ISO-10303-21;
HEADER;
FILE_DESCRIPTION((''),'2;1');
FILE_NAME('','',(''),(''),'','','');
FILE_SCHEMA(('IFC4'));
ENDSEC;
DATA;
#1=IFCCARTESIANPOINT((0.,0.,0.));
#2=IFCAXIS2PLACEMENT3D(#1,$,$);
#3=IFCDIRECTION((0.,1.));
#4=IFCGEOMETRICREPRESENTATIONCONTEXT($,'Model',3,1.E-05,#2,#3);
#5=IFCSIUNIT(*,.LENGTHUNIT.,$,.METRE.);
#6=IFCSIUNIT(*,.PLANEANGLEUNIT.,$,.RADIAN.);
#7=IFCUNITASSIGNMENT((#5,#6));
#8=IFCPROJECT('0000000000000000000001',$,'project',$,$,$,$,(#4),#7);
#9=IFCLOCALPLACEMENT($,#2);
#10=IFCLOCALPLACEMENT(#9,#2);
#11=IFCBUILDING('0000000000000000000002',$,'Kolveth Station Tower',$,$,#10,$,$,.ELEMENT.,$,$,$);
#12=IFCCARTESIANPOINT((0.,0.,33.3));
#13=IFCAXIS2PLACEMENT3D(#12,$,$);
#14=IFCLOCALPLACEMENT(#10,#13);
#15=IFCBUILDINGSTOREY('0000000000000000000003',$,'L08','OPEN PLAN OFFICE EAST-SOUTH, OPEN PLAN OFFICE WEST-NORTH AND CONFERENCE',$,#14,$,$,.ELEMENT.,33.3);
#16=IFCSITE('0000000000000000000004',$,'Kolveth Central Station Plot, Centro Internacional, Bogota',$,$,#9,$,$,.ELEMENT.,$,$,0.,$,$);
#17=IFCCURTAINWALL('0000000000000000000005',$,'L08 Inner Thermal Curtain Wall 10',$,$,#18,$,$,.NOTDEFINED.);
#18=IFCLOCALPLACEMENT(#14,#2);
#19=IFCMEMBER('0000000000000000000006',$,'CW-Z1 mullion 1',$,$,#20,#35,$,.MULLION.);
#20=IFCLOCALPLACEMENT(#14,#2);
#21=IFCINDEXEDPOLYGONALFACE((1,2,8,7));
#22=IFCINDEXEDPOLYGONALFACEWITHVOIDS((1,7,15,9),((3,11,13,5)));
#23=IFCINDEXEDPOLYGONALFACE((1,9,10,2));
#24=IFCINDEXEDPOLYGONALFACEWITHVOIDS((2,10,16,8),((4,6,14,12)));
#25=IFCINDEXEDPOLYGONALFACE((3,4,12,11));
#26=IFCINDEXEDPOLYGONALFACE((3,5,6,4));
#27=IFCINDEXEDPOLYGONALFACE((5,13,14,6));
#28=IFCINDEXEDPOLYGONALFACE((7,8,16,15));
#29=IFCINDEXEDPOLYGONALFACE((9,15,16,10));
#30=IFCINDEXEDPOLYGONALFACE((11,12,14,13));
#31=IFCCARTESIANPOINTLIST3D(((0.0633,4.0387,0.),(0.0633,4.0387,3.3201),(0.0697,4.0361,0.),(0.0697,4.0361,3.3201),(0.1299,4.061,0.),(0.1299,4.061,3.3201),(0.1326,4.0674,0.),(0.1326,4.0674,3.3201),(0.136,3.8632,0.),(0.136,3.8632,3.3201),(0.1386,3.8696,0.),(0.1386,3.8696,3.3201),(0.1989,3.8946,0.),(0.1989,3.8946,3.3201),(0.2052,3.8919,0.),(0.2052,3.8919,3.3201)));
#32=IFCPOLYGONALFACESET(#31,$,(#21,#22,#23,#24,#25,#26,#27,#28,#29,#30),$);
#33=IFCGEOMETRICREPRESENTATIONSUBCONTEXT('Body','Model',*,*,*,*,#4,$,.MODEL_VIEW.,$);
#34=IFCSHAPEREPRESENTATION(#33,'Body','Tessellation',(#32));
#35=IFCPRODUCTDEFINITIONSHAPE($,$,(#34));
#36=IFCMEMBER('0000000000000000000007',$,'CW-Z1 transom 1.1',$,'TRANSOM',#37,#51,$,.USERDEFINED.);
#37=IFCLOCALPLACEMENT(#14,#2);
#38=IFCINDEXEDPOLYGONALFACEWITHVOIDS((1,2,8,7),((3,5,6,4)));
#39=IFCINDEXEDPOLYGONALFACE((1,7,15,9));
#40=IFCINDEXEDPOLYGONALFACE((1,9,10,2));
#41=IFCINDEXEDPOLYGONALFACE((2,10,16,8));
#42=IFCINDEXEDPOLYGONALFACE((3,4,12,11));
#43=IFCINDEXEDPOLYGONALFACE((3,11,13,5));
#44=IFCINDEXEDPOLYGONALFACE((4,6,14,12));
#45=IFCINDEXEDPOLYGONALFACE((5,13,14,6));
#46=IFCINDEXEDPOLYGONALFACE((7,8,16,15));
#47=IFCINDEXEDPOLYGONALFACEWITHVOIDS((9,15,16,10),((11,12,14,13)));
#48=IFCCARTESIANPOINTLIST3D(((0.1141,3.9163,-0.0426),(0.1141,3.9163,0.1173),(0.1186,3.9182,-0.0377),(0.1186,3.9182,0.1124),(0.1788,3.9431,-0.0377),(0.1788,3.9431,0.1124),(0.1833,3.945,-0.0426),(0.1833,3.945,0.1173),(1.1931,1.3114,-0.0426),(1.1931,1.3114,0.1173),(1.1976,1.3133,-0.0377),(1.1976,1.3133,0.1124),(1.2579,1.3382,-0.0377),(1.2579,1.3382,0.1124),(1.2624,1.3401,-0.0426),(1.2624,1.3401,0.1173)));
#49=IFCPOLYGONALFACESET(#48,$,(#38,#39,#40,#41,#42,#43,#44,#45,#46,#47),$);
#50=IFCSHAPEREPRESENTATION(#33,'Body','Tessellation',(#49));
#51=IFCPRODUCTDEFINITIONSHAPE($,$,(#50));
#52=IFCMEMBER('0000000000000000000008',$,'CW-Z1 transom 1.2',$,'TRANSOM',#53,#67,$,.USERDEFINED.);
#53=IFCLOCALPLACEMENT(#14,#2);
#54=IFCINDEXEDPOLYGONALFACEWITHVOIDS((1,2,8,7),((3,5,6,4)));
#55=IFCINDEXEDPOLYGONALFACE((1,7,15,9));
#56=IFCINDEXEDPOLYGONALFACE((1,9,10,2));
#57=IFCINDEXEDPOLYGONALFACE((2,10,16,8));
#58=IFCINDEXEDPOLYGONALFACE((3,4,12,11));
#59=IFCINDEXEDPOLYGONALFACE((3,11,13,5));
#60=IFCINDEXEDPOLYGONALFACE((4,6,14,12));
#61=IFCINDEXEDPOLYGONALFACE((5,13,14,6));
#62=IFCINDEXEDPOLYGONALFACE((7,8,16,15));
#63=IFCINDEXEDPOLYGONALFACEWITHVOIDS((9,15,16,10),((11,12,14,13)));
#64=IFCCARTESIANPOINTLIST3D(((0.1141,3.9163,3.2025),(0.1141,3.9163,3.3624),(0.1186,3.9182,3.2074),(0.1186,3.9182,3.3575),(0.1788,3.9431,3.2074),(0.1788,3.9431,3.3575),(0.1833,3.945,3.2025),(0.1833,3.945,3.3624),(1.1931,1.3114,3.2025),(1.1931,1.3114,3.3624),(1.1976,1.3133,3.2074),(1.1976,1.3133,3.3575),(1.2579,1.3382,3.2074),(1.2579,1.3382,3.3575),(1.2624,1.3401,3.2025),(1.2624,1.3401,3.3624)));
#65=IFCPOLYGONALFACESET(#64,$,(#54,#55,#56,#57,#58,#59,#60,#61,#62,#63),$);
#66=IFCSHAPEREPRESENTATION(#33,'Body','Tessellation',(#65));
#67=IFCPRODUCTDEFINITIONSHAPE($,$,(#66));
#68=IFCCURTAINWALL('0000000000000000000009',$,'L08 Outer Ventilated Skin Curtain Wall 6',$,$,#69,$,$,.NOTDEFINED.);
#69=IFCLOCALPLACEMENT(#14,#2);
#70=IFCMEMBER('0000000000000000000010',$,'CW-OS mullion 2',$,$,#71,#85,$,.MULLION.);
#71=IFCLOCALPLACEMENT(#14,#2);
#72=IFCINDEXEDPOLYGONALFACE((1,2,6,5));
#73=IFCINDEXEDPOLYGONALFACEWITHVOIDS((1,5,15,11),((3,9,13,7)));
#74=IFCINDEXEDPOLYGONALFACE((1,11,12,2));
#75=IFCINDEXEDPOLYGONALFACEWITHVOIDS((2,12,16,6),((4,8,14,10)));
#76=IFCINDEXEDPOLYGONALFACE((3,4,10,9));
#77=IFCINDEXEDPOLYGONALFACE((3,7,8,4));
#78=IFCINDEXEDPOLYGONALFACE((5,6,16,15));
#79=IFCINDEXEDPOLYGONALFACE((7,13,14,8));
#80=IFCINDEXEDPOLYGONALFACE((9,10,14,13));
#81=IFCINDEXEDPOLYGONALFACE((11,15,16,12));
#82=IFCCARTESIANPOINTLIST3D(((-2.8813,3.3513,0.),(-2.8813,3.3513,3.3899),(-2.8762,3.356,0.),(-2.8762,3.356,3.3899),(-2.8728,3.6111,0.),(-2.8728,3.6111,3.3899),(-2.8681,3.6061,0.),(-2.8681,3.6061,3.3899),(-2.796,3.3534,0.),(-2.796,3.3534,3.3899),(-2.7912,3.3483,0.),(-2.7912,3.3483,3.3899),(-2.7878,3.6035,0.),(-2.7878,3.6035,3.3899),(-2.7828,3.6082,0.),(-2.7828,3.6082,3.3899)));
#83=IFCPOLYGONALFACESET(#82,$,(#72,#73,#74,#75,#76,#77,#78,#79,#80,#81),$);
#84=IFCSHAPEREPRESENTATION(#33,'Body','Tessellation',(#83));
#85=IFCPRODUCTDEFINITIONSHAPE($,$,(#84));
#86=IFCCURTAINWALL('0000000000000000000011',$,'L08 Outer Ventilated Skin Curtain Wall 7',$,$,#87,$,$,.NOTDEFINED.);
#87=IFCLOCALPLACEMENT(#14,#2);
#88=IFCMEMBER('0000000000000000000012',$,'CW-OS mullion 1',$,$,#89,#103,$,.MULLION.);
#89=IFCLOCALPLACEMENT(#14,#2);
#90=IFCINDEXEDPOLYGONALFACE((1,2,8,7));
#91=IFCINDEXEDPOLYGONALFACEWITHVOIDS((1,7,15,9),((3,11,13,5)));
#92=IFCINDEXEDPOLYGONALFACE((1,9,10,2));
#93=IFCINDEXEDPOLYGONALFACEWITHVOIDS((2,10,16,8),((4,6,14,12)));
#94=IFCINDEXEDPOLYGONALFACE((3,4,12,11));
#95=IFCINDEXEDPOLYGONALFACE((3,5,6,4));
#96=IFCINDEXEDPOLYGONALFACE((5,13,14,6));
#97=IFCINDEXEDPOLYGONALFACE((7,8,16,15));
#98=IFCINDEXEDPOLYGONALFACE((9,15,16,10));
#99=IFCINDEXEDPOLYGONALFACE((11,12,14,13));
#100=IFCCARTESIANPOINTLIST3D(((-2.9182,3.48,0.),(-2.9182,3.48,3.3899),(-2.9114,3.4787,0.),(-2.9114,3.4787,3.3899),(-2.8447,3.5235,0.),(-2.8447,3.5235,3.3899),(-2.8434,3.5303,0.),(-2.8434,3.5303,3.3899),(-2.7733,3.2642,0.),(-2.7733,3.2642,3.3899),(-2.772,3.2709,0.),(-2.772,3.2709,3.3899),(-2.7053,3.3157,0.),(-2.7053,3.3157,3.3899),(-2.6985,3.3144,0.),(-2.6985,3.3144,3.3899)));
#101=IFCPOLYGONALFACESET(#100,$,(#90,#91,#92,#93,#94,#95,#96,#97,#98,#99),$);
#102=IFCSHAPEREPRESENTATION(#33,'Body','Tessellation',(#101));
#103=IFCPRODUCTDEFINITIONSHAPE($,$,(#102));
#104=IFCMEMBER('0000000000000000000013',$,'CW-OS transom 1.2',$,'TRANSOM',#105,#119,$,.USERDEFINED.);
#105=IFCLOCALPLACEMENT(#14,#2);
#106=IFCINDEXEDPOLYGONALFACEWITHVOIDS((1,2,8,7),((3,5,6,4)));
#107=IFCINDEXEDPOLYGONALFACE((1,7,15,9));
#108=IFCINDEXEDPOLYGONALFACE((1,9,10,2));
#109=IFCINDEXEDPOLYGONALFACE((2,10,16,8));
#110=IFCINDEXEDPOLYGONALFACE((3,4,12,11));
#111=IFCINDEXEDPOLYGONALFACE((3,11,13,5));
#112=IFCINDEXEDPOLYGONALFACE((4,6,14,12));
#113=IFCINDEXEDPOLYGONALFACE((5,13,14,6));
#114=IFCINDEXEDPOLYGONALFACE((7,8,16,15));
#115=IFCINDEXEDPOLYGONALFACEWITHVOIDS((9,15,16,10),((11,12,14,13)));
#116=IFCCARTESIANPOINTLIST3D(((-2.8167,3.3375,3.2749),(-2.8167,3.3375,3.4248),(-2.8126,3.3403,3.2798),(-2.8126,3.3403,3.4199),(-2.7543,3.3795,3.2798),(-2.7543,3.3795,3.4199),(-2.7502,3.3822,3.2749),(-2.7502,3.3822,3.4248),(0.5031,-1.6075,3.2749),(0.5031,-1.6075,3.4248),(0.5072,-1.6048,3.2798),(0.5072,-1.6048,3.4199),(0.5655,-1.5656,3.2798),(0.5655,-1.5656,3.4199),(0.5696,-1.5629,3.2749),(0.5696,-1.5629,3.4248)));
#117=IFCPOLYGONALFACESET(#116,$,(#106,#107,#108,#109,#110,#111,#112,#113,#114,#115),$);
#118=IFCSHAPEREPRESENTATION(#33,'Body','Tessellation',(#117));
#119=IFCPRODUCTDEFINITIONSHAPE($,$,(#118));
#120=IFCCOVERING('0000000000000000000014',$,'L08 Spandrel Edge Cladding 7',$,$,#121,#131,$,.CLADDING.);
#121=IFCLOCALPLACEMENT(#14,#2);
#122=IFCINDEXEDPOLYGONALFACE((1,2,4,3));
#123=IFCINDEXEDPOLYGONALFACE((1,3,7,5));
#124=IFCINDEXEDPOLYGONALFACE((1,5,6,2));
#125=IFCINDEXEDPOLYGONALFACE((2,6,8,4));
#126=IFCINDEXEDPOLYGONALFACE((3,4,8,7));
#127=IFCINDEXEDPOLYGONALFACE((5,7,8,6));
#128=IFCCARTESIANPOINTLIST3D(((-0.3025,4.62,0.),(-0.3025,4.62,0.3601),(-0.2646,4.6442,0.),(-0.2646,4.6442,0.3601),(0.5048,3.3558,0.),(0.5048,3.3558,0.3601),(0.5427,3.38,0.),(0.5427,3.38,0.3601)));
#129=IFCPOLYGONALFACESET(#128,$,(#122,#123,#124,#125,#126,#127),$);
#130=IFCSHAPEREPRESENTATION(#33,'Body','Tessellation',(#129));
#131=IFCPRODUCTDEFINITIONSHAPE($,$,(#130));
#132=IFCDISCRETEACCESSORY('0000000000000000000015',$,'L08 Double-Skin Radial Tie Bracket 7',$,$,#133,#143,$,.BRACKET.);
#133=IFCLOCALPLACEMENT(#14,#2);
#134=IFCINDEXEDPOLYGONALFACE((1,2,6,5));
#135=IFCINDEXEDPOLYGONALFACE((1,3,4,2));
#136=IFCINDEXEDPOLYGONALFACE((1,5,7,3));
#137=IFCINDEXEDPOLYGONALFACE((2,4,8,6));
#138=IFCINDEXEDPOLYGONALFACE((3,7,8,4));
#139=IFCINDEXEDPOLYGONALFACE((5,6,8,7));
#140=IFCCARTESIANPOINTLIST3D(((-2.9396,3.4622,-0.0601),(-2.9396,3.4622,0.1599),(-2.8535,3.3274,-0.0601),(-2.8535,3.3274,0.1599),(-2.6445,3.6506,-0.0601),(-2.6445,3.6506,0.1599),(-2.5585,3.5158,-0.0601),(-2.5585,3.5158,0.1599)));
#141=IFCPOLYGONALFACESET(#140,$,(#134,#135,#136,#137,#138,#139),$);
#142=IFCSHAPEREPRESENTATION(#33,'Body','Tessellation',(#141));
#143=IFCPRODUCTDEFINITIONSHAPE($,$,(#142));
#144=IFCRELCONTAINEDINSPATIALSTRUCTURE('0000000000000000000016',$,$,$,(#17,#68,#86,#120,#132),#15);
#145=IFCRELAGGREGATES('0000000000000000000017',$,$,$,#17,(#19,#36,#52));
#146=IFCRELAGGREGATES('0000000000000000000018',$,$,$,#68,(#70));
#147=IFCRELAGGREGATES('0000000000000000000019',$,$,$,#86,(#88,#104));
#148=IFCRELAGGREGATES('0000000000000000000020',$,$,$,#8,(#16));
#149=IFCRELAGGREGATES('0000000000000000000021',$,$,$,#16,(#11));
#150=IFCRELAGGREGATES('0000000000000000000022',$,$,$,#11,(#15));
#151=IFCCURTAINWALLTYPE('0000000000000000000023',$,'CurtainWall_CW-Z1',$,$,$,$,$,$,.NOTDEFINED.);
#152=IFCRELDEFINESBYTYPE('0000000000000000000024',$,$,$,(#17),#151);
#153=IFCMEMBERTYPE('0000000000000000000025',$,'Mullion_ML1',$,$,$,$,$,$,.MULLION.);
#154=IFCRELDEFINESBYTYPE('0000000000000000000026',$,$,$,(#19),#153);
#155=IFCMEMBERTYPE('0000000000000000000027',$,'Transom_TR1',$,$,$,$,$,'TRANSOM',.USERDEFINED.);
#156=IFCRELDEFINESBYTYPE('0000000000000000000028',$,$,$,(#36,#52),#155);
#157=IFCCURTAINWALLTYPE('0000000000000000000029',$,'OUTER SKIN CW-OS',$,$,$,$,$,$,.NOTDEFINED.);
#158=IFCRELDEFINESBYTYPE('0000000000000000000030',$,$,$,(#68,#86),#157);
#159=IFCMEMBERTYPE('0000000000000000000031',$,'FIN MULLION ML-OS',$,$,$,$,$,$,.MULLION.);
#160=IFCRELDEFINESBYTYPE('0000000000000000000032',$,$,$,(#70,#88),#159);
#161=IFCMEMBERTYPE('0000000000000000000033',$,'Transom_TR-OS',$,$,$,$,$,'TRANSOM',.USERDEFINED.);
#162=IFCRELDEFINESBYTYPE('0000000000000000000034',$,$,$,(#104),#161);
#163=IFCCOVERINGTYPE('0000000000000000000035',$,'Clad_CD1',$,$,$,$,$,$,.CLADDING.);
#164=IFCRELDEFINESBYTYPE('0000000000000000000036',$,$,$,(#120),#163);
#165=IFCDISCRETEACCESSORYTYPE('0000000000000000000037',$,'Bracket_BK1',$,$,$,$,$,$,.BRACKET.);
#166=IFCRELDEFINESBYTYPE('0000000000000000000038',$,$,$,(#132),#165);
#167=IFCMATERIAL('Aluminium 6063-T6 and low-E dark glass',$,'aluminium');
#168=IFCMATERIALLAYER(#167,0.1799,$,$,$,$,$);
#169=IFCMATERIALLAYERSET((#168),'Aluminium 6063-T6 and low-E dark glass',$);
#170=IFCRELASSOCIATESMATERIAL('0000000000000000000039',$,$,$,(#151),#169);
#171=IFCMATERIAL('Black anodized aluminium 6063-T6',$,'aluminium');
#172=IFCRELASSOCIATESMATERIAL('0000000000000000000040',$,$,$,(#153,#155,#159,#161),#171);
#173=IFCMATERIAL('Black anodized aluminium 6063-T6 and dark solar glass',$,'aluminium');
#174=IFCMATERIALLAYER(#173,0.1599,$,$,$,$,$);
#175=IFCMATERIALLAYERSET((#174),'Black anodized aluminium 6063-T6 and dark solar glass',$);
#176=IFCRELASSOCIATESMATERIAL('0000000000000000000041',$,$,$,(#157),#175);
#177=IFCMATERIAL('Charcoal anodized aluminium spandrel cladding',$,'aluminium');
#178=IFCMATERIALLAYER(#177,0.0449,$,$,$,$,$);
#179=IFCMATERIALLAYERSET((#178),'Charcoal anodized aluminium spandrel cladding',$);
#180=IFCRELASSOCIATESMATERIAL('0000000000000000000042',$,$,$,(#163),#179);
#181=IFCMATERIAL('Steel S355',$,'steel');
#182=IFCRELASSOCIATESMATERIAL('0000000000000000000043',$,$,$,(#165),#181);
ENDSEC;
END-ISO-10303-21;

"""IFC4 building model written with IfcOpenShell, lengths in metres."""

from ifc_helpers import new_model, si_unit, direction, frame, origin, origin_2d, place, context, subcontext, project, spatial, rectangle, hollow_rectangle, extrude, source, transform, mapped, material, layer, layer_set, material_profile, profile_set, type_object, element, aggregate, save


model = new_model("IFC4")

# Units and contexts
model_context = context("Model", 3, precision=1e-05, world=origin(), true_north=direction((0.0, 1.0)))
body_context = subcontext(model_context, "Body", "Model", "MODEL_VIEW")
ifc_project = project(units=[si_unit("LENGTHUNIT", "METRE"), si_unit("PLANEANGLEUNIT", "RADIAN")], contexts=[model_context])

# Site, building, storey
site_placement = place(None, origin())
site = spatial("IfcSite", under=ifc_project, at=site_placement, Name="Kolveth Central Station Plot, Centro Internacional, Bogota", CompositionType="ELEMENT", RefElevation=0.0)
building_placement = place(site_placement, origin())
building = spatial("IfcBuilding", under=site, at=building_placement, Name="Kolveth Station Tower", CompositionType="ELEMENT")
storey_placement = place(building_placement, frame((0.0, 0.0, 33.3)))
storey = spatial("IfcBuildingStorey", under=building, at=storey_placement, Name="L08", Description="OPEN PLAN OFFICE EAST-SOUTH, OPEN PLAN OFFICE WEST-NORTH AND CONFERENCE", CompositionType="ELEMENT", Elevation=33.3)

# Shared definitions
ifc_material_1 = material(Name="Steel S355", Category="steel")

# Shared definitions
ifc_material_2 = material(Name="Aluminium 6063-T6 and low-E dark glass", Category="aluminium")
ifc_layer_1 = layer(ifc_material_2, 0.1799)
ifc_layer_set_1 = layer_set([ifc_layer_1], Name="Aluminium 6063-T6 and low-E dark glass")
curtain_wall_type_1 = type_object("IfcCurtainWallType", Name="CurtainWall_CW-Z1", PredefinedType="NOTDEFINED", material=ifc_layer_set_1)
ifc_material_3 = material(Name="Black anodized aluminium 6063-T6", Category="aluminium")
ifc_material_profile_1 = material_profile(ifc_material_3, hollow_rectangle(XDim=0.075, YDim=0.1899, WallThickness=0.0049, at=origin_2d()), Name="ALU-75x190x5")
ifc_profile_set_1 = profile_set([ifc_material_profile_1], Name="Black anodized aluminium 6063-T6")
member_type_1 = type_object("IfcMemberType", Name="Mullion_ML1", PredefinedType="MULLION", material=ifc_profile_set_1)
shared_shape_1 = source(origin(), body_context, "Body", "SweptSolid", [
    extrude(hollow_rectangle(XDim=0.075, YDim=0.1899, WallThickness=0.0049, at=origin_2d()), origin(), (0.0, 0.0, 1.0), 3.3201),
])

# Curtain wall, members
curtain_wall_1_placement = place(storey_placement, origin())
curtain_wall_1 = element("IfcCurtainWall", 1, at=curtain_wall_1_placement, inside=storey, type_object=curtain_wall_type_1, Name="L08 Inner Thermal Curtain Wall 10", PredefinedType="NOTDEFINED")
member_1_placement = place(storey_placement, frame((0.1343, 3.9653, 0.0), z_axis=(0.0, 0.0, 1.0), x_axis=(0.923884, 0.382673, 0.0)))
member_1 = element("IfcMember", 2, at=member_1_placement, type_object=member_type_1, Name="CW-Z1 mullion 1", PredefinedType="MULLION", context=body_context, shape_type="MappedRepresentation", body=[
    mapped(shared_shape_1, transform((0.0, 0.0, 0.0), x_axis=(1.0, 0.0, 0.0), y_axis=(0.0, 1.0, 0.0), z_axis=(0.0, 0.0, 1.0), scale=1.0)),
])
ifc_material_profile_2 = material_profile(ifc_material_3, hollow_rectangle(XDim=0.075, YDim=0.1599, WallThickness=0.0049, at=origin_2d()), Name="ALU-75x160x5")
ifc_profile_set_2 = profile_set([ifc_material_profile_2], Name="Black anodized aluminium 6063-T6")
member_type_2 = type_object("IfcMemberType", Name="Transom_TR1", ElementType="TRANSOM", PredefinedType="USERDEFINED", material=ifc_profile_set_2)
shared_shape_2 = source(origin(), body_context, "Body", "SweptSolid", [
    extrude(hollow_rectangle(XDim=0.075, YDim=0.1599, WallThickness=0.0049, at=origin_2d()), origin(), (0.0, 0.0, 1.0), 2.8196),
])
member_2_placement = place(storey_placement, frame((0.1487, 3.9307, 0.0374), z_axis=(0.382709, -0.923869, 0.0), x_axis=(0.923869, 0.382709, 0.0)))
member_2 = element("IfcMember", 3, at=member_2_placement, type_object=member_type_2, Name="CW-Z1 transom 1.1", ObjectType="TRANSOM", PredefinedType="USERDEFINED", context=body_context, shape_type="MappedRepresentation", body=[
    mapped(shared_shape_2, transform((0.0, 0.0, 0.0), x_axis=(1.0, 0.0, 0.0), y_axis=(0.0, 1.0, 0.0), z_axis=(0.0, 0.0, 1.0), scale=1.0)),
])
member_3_placement = place(storey_placement, frame((0.1487, 3.9307, 3.2825), z_axis=(0.382709, -0.923869, 0.0), x_axis=(0.923869, 0.382709, 0.0)))
member_3 = element("IfcMember", 4, at=member_3_placement, type_object=member_type_2, Name="CW-Z1 transom 1.2", ObjectType="TRANSOM", PredefinedType="USERDEFINED", context=body_context, shape_type="MappedRepresentation", body=[
    mapped(shared_shape_2, transform((0.0, 0.0, 0.0), x_axis=(1.0, 0.0, 0.0), y_axis=(0.0, 1.0, 0.0), z_axis=(0.0, 0.0, 1.0), scale=1.0)),
])
aggregate(curtain_wall_1, [member_1, member_2, member_3])

# Curtain wall, member
ifc_material_4 = material(Name="Black anodized aluminium 6063-T6 and dark solar glass", Category="aluminium")
ifc_layer_2 = layer(ifc_material_4, 0.1599)
ifc_layer_set_2 = layer_set([ifc_layer_2], Name="Black anodized aluminium 6063-T6 and dark solar glass")
curtain_wall_type_2 = type_object("IfcCurtainWallType", Name="OUTER SKIN CW-OS", PredefinedType="NOTDEFINED", material=ifc_layer_set_2)
curtain_wall_2_placement = place(storey_placement, origin())
curtain_wall_2 = element("IfcCurtainWall", 5, at=curtain_wall_2_placement, inside=storey, type_object=curtain_wall_type_2, Name="L08 Outer Ventilated Skin Curtain Wall 6", PredefinedType="NOTDEFINED")
ifc_material_profile_3 = material_profile(ifc_material_3, hollow_rectangle(XDim=0.0901, YDim=0.26, WallThickness=0.0049, at=origin_2d()), Name="ALU-90x260x5")
ifc_profile_set_3 = profile_set([ifc_material_profile_3], Name="Black anodized aluminium 6063-T6")
member_type_3 = type_object("IfcMemberType", Name="FIN MULLION ML-OS", PredefinedType="MULLION", material=ifc_profile_set_3)
shared_shape_3 = source(origin(), body_context, "Body", "SweptSolid", [
    extrude(hollow_rectangle(XDim=0.0901, YDim=0.26, WallThickness=0.0049, at=origin_2d()), origin(), (0.0, 0.0, 1.0), 3.3899),
])
member_4_placement = place(storey_placement, frame((-2.832, 3.4797, 0.0), z_axis=(0.0, 0.0, 1.0), x_axis=(0.999469, -0.032584, 0.0)))
member_4 = element("IfcMember", 6, at=member_4_placement, type_object=member_type_3, Name="CW-OS mullion 2", PredefinedType="MULLION", context=body_context, shape_type="MappedRepresentation", body=[
    mapped(shared_shape_3, transform((0.0, 0.0, 0.0), x_axis=(1.0, 0.0, 0.0), y_axis=(0.0, 1.0, 0.0), z_axis=(0.0, 0.0, 1.0), scale=1.0)),
])
aggregate(curtain_wall_2, [member_4])

# Curtain wall, members
curtain_wall_3_placement = place(storey_placement, origin())
curtain_wall_3 = element("IfcCurtainWall", 7, at=curtain_wall_3_placement, inside=storey, type_object=curtain_wall_type_2, Name="L08 Outer Ventilated Skin Curtain Wall 7", PredefinedType="NOTDEFINED")
member_5_placement = place(storey_placement, frame((-2.8083, 3.3972, 0.0), z_axis=(0.0, 0.0, 1.0), x_axis=(0.830268, 0.557364, 0.0)))
member_5 = element("IfcMember", 8, at=member_5_placement, type_object=member_type_3, Name="CW-OS mullion 1", PredefinedType="MULLION", context=body_context, shape_type="MappedRepresentation", body=[
    mapped(shared_shape_3, transform((0.0, 0.0, 0.0), x_axis=(1.0, 0.0, 0.0), y_axis=(0.0, 1.0, 0.0), z_axis=(0.0, 0.0, 1.0), scale=1.0)),
])
ifc_material_profile_4 = material_profile(ifc_material_3, hollow_rectangle(XDim=0.0801, YDim=0.1499, WallThickness=0.0049, at=origin_2d()), Name="ALU-80x150x5")
ifc_profile_set_4 = profile_set([ifc_material_profile_4], Name="Black anodized aluminium 6063-T6")
member_type_4 = type_object("IfcMemberType", Name="Transom_TR-OS", ElementType="TRANSOM", PredefinedType="USERDEFINED", material=ifc_profile_set_4)
shared_shape_4 = source(origin(), body_context, "Body", "SweptSolid", [
    extrude(hollow_rectangle(XDim=0.0801, YDim=0.1499, WallThickness=0.0049, at=origin_2d()), origin(), (0.0, 0.0, 1.0), 5.9561),
])
member_6_placement = place(storey_placement, frame((-2.7834, 3.3599, 3.3499), z_axis=(0.557384, -0.830255, 0.0), x_axis=(0.830255, 0.557384, 0.0)))
member_6 = element("IfcMember", 9, at=member_6_placement, type_object=member_type_4, Name="CW-OS transom 1.2", ObjectType="TRANSOM", PredefinedType="USERDEFINED", context=body_context, shape_type="MappedRepresentation", body=[
    mapped(shared_shape_4, transform((0.0, 0.0, 0.0), x_axis=(1.0, 0.0, 0.0), y_axis=(0.0, 1.0, 0.0), z_axis=(0.0, 0.0, 1.0), scale=1.0)),
])
aggregate(curtain_wall_3, [member_5, member_6])

# Covering
ifc_material_5 = material(Name="Charcoal anodized aluminium spandrel cladding", Category="aluminium")
ifc_layer_3 = layer(ifc_material_5, 0.0449)
ifc_layer_set_3 = layer_set([ifc_layer_3], Name="Charcoal anodized aluminium spandrel cladding")
covering_type = type_object("IfcCoveringType", Name="Clad_CD1", PredefinedType="CLADDING", material=ifc_layer_set_3)
shared_shape_5 = source(origin(), body_context, "Body", "SweptSolid", [
    extrude(rectangle(XDim=1.5, YDim=0.0449, at=origin_2d()), origin(), (0.0, 0.0, 1.0), 0.3601),
])
covering_placement = place(storey_placement, frame((0.1201, 4.0, 0.0), z_axis=(0.0, 0.0, 1.0), x_axis=(0.538183, -0.842828, 0.0)))
element("IfcCovering", 10, at=covering_placement, inside=storey, type_object=covering_type, Name="L08 Spandrel Edge Cladding 7", PredefinedType="CLADDING", context=body_context, shape_type="MappedRepresentation", body=[
    mapped(shared_shape_5, transform((0.0, 0.0, 0.0), x_axis=(1.0, 0.0, 0.0), y_axis=(0.0, 1.0, 0.0), z_axis=(0.0, 0.0, 1.0), scale=1.0)),
])

# Discrete accessory
discrete_accessory_type = type_object("IfcDiscreteAccessoryType", Name="Bracket_BK1", PredefinedType="BRACKET", material=ifc_material_1)
shared_shape_6 = source(origin(), body_context, "Body", "SweptSolid", [
    extrude(rectangle(XDim=0.3501, YDim=0.1599, at=origin_2d()), origin(), (0.0, 0.0, 1.0), 0.22),
])
discrete_accessory_placement = place(storey_placement, frame((-2.749, 3.489, -0.0601), z_axis=(0.0, 0.0, 1.0), x_axis=(-0.842828, -0.538183, 0.0)))
element("IfcDiscreteAccessory", 11, at=discrete_accessory_placement, inside=storey, type_object=discrete_accessory_type, Name="L08 Double-Skin Radial Tie Bracket 7", PredefinedType="BRACKET", context=body_context, shape_type="MappedRepresentation", body=[
    mapped(shared_shape_6, transform((0.0, 0.0, 0.0), x_axis=(1.0, 0.0, 0.0), y_axis=(0.0, 1.0, 0.0), z_axis=(0.0, 0.0, 1.0), scale=1.0)),
])

save(model, "model.ifc")
